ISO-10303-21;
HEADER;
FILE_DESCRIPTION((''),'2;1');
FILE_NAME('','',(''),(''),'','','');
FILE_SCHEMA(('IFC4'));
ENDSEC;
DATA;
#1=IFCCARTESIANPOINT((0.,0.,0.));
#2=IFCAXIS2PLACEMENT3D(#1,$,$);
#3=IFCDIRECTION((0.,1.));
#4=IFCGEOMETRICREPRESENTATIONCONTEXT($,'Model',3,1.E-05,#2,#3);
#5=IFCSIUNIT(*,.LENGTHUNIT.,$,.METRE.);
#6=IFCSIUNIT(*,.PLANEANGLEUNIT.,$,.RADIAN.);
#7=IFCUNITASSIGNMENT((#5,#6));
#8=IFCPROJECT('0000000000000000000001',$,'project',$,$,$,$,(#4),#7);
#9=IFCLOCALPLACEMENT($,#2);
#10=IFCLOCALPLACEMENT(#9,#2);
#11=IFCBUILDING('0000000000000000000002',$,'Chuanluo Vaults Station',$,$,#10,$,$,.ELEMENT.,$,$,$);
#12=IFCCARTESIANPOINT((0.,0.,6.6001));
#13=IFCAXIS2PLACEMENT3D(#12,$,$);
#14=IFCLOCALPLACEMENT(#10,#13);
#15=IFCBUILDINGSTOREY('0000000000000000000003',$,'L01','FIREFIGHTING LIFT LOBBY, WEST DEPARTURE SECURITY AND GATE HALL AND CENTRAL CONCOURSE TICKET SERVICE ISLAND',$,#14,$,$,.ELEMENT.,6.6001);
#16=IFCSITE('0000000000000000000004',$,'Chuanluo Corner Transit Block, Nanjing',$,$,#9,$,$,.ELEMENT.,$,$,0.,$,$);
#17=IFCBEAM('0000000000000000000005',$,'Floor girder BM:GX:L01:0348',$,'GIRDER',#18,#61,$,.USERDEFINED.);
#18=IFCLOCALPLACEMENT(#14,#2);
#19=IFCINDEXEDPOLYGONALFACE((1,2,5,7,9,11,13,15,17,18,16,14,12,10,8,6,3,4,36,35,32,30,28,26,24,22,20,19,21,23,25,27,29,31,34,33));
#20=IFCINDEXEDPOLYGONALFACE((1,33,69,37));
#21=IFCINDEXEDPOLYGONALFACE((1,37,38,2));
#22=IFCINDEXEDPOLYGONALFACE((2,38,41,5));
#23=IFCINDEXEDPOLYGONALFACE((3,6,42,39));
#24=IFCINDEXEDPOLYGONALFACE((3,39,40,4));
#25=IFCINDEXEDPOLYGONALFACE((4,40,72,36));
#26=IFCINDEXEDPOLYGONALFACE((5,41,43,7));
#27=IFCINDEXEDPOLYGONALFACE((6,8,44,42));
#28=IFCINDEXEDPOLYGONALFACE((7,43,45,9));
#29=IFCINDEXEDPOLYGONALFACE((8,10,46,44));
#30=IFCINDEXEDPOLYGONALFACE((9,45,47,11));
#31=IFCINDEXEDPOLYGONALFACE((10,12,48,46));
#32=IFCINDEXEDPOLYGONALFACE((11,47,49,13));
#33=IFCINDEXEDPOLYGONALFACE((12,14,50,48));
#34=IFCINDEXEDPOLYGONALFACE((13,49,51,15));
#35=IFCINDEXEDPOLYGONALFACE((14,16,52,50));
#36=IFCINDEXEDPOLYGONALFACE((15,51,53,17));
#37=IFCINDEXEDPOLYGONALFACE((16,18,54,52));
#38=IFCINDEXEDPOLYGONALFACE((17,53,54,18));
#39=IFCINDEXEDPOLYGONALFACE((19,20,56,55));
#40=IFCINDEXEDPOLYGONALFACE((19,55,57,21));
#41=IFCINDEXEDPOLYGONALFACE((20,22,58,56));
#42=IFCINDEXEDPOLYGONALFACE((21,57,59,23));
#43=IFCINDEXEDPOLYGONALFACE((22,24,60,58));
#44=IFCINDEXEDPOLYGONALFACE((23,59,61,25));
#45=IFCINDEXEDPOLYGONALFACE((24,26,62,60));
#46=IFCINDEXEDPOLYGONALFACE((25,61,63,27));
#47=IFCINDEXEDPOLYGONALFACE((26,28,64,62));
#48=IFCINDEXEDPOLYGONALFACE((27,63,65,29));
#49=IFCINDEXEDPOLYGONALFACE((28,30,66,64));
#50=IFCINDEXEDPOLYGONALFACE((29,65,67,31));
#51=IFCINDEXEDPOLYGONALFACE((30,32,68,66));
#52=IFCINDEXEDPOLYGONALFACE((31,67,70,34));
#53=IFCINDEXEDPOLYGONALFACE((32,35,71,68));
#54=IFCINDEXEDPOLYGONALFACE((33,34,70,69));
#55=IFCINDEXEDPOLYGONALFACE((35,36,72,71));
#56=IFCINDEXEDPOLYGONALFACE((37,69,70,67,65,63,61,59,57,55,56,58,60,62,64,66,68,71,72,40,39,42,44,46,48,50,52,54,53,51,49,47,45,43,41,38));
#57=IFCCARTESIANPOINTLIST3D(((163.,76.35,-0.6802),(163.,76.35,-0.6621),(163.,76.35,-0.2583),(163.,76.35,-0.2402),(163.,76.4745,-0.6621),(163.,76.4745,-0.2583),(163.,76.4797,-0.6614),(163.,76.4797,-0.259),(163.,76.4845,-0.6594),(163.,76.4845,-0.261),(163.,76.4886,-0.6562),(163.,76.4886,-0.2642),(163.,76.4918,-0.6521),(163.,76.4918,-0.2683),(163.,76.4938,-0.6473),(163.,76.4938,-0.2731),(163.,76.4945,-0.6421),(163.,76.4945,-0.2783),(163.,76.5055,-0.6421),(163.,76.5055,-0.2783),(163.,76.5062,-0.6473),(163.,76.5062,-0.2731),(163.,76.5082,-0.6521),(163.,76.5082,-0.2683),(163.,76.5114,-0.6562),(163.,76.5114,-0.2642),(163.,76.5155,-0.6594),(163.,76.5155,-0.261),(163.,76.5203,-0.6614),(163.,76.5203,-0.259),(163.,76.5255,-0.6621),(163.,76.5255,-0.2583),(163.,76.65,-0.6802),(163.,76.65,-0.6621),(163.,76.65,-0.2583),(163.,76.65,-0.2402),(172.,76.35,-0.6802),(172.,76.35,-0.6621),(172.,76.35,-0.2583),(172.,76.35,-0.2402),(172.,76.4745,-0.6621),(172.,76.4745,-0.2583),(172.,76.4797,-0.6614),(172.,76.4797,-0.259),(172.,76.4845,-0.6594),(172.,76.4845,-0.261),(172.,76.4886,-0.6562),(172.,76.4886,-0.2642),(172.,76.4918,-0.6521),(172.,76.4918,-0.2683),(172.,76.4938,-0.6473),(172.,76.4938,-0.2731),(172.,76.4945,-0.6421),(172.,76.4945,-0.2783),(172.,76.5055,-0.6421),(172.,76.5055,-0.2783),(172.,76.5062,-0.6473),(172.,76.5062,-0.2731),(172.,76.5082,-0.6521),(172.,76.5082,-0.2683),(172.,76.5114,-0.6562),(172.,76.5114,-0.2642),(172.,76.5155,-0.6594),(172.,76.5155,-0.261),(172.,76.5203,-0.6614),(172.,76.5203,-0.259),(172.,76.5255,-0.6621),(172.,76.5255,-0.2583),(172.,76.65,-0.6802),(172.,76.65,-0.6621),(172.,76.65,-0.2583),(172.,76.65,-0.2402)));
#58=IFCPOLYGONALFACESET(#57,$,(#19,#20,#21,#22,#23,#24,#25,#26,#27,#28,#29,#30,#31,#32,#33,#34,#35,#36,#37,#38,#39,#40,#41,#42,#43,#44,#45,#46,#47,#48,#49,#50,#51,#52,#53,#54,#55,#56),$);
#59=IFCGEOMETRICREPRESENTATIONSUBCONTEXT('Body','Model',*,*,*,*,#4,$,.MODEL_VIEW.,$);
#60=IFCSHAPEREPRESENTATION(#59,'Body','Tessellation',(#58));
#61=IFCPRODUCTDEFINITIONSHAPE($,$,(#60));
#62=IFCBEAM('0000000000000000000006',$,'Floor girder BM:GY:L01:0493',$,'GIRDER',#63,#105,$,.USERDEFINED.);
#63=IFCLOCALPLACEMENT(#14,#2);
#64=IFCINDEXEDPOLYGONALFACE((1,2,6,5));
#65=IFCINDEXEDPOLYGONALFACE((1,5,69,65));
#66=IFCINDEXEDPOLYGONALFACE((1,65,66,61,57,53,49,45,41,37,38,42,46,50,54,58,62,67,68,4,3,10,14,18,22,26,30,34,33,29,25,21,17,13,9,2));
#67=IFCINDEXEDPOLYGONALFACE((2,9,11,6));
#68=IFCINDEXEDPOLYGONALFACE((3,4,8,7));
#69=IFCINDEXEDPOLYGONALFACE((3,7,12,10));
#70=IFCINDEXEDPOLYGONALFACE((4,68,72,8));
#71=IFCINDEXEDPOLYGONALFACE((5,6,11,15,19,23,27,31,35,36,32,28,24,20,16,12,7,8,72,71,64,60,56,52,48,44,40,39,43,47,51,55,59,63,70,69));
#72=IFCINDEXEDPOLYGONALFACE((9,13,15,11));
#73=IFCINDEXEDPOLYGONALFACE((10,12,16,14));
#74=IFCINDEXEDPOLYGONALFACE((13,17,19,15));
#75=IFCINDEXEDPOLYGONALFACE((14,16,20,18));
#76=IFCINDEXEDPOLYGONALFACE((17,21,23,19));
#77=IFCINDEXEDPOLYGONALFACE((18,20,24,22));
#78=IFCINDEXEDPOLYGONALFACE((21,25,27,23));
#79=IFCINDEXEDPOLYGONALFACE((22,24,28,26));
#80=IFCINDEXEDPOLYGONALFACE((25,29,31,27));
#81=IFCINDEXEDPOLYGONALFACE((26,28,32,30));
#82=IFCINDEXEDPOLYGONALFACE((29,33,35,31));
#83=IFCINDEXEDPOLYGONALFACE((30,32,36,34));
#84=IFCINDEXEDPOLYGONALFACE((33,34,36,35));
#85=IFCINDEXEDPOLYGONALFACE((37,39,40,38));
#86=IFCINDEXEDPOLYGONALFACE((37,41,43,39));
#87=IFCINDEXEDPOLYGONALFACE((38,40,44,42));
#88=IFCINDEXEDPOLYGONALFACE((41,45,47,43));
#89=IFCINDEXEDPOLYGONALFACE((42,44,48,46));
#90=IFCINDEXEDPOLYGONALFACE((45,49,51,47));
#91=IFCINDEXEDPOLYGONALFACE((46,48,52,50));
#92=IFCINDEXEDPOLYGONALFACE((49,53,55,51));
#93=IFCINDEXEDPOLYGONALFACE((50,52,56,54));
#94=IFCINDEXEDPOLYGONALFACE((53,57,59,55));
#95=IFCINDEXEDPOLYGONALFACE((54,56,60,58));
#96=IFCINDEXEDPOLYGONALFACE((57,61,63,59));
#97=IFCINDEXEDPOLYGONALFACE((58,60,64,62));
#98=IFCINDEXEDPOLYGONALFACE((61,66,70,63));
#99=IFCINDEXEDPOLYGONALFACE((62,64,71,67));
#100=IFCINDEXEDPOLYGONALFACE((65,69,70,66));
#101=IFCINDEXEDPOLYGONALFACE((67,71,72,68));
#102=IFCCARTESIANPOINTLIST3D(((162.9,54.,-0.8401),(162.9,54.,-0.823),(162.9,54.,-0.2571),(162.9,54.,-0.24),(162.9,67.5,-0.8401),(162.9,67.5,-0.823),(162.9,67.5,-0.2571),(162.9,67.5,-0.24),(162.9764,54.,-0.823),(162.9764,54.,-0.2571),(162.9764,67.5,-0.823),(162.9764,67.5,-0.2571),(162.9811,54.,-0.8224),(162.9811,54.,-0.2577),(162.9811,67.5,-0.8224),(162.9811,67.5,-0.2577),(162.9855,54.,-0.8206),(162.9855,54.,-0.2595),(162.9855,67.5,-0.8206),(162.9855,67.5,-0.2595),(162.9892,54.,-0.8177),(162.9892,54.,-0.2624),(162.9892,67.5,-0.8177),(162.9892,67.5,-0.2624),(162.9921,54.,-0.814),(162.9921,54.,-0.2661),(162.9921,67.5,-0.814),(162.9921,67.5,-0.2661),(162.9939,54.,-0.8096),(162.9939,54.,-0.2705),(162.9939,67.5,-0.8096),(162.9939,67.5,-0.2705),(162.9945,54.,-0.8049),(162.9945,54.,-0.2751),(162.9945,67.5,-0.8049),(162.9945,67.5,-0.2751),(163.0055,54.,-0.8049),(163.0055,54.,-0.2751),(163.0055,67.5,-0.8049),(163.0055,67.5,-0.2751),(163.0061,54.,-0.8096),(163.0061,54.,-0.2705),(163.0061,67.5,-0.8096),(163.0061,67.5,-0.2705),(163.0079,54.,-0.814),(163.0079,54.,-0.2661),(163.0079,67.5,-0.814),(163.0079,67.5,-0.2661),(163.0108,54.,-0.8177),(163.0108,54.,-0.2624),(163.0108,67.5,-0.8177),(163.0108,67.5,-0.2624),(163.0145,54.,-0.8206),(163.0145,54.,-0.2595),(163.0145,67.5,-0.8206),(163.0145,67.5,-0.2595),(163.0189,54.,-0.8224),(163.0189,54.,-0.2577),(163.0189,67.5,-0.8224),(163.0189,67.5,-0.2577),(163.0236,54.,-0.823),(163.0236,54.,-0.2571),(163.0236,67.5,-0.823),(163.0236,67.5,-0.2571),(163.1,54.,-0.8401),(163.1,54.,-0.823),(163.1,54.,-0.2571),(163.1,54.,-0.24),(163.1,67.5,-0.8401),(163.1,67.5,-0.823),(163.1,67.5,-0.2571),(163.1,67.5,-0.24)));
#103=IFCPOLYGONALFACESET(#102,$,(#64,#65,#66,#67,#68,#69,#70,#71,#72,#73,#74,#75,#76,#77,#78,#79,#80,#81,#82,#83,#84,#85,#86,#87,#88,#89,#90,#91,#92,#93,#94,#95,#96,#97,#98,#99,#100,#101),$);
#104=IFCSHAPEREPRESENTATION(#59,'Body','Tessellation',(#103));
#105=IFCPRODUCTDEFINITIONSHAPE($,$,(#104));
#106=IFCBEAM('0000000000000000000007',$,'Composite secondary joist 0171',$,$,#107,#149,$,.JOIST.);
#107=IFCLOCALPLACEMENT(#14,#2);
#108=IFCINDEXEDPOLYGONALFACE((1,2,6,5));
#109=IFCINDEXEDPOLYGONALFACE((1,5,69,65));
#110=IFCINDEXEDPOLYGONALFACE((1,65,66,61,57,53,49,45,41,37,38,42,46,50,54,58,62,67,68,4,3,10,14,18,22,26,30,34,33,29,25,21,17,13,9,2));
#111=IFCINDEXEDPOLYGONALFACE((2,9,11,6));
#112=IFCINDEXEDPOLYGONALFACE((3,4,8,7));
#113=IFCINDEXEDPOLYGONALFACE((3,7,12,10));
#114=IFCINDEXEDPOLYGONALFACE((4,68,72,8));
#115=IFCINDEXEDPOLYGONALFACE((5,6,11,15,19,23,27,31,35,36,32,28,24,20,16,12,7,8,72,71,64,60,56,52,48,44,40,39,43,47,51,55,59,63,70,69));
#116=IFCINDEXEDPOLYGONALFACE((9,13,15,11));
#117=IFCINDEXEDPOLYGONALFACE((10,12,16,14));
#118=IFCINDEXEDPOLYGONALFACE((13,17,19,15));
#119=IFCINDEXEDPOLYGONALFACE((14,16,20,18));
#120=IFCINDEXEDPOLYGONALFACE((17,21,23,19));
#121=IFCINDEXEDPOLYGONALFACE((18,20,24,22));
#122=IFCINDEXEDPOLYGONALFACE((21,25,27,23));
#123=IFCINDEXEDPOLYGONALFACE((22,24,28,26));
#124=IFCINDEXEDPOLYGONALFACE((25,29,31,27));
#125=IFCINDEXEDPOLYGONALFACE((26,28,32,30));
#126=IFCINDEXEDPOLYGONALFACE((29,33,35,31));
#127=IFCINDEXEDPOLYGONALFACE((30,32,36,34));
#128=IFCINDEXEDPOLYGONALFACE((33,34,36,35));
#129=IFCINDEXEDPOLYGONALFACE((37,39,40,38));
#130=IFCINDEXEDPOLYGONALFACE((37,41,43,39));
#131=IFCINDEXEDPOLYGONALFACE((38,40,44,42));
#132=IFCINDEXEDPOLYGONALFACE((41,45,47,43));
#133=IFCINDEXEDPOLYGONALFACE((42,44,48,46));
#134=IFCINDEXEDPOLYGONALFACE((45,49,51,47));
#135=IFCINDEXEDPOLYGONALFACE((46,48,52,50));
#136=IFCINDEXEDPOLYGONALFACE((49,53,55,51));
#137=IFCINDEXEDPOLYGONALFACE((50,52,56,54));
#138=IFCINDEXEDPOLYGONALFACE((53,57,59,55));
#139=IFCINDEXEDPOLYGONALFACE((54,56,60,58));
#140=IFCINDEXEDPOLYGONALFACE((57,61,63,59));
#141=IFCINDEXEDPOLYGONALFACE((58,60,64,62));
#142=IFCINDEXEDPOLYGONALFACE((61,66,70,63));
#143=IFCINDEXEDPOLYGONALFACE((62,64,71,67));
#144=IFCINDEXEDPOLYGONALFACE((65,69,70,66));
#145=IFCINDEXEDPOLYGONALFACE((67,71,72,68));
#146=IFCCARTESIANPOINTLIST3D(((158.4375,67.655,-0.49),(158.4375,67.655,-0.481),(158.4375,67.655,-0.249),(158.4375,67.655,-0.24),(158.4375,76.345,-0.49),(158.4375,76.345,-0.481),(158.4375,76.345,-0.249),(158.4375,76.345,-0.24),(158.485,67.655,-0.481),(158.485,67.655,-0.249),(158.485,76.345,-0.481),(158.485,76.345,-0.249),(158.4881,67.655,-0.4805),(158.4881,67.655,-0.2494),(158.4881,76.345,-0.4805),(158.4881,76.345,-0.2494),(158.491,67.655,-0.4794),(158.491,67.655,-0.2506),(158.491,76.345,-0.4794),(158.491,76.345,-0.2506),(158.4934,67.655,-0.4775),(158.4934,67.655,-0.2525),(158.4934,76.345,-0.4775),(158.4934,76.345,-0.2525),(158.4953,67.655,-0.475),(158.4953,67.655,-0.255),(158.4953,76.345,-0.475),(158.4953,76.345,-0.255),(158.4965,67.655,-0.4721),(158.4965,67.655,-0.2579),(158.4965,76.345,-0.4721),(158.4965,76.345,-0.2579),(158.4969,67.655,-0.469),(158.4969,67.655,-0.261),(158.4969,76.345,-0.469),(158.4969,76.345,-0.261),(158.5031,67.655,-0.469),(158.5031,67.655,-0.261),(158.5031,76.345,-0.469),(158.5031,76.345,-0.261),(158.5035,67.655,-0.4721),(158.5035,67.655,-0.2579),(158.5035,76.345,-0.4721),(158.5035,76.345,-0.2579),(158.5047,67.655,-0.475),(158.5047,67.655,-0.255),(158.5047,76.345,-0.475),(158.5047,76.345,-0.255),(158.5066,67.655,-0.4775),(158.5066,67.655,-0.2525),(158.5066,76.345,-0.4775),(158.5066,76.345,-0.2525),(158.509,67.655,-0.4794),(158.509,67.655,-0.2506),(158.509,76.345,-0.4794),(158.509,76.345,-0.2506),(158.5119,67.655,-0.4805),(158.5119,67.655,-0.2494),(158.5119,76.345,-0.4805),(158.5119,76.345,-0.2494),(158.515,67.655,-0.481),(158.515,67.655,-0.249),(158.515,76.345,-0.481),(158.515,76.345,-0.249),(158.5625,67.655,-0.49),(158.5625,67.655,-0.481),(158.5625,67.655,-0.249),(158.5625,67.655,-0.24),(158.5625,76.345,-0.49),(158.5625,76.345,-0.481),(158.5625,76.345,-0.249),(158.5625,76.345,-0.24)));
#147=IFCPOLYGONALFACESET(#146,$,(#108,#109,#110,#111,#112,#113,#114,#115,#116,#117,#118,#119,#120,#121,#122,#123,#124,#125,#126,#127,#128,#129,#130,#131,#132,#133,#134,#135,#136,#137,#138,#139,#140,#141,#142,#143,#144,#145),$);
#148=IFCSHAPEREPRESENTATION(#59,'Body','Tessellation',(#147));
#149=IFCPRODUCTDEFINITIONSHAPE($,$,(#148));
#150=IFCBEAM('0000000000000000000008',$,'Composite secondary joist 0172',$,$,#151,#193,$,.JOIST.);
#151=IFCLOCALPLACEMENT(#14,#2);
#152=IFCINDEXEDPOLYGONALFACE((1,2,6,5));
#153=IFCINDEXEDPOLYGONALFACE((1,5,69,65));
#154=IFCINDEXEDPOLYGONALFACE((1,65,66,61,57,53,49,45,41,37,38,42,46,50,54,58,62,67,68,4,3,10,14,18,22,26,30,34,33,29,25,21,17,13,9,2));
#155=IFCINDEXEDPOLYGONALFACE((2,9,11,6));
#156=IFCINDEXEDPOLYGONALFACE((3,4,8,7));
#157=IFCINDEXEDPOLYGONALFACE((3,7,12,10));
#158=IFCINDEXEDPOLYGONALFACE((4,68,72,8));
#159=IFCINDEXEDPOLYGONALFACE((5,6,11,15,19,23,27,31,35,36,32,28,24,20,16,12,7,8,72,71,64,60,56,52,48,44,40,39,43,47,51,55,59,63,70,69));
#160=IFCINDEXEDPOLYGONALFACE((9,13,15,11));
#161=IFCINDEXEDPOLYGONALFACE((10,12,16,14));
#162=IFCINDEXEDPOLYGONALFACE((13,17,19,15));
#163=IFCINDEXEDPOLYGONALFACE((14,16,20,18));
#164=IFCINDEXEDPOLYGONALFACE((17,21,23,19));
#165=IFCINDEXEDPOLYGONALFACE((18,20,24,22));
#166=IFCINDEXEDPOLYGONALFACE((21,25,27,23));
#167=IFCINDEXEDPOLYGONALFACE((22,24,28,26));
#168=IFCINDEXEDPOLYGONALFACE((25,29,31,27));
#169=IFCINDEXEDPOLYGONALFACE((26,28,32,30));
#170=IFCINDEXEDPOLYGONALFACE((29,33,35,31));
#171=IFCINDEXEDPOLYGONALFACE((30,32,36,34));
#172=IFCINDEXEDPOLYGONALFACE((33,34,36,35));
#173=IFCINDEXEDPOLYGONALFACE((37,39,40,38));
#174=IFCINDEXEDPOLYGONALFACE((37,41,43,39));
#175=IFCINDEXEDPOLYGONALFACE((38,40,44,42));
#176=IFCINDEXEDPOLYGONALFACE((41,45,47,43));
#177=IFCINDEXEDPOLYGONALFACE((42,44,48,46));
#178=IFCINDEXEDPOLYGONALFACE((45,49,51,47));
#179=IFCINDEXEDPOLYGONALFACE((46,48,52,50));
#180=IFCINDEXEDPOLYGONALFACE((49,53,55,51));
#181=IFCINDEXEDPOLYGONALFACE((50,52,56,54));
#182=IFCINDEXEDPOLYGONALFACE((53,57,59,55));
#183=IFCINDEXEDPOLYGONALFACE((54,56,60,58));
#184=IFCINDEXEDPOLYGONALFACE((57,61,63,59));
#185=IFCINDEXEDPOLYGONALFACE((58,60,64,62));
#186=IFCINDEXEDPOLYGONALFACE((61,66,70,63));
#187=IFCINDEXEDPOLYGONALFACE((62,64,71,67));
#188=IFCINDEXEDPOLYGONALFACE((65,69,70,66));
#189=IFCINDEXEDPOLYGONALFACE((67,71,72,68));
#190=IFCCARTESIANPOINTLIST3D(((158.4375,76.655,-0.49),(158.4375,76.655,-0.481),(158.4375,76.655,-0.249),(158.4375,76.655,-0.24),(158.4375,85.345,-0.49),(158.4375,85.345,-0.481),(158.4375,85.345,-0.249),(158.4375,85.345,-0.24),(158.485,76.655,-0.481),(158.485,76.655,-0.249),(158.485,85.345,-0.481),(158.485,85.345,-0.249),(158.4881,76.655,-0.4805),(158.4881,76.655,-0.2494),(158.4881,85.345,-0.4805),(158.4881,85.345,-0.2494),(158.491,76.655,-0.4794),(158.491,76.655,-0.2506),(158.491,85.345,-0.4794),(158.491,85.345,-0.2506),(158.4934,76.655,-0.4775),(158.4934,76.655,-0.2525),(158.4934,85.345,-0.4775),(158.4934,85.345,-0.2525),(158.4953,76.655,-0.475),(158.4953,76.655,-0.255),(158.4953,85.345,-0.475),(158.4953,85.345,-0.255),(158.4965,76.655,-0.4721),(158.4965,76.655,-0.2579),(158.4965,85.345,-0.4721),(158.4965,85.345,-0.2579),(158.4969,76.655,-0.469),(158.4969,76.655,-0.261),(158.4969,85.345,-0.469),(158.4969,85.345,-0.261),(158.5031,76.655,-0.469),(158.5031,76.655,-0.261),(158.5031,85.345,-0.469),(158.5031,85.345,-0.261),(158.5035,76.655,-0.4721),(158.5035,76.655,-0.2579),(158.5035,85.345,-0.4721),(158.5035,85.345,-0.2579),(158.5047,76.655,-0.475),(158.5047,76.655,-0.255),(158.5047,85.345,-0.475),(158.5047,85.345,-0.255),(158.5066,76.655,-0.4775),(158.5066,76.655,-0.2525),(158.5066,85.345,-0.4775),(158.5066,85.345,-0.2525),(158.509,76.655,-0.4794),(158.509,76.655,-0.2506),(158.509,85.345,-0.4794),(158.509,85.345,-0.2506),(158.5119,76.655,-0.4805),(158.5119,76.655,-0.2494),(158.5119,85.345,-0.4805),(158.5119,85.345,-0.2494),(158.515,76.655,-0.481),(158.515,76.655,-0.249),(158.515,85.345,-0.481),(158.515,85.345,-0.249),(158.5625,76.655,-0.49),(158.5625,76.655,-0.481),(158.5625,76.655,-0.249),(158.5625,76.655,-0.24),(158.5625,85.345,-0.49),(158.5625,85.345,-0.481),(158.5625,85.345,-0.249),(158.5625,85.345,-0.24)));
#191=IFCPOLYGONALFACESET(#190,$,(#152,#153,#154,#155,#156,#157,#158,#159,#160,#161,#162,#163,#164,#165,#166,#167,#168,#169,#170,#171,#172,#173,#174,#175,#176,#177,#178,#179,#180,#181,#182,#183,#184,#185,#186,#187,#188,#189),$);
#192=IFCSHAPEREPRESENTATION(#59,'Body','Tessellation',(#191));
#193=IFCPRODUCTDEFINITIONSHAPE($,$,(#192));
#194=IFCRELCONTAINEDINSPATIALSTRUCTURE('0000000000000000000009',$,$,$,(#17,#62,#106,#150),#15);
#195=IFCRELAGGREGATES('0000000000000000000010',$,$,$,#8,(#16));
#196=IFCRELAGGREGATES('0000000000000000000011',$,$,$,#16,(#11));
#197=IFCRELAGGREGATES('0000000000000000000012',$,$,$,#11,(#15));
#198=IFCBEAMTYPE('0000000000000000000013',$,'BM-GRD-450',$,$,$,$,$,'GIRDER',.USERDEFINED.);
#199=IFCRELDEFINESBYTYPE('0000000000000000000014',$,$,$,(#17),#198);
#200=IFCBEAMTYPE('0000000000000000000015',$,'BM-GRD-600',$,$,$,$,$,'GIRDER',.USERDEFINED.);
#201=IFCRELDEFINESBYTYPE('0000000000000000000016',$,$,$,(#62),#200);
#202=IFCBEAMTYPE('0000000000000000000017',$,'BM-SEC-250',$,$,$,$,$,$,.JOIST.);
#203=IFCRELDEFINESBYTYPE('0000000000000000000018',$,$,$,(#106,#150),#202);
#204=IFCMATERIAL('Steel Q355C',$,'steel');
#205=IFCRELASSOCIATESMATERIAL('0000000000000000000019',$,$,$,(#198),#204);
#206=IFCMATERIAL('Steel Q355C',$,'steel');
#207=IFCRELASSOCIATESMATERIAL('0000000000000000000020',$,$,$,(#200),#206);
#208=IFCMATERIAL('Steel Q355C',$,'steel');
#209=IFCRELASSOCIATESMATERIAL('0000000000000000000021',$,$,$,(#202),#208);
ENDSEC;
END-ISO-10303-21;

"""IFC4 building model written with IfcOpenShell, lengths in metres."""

from ifc_helpers import new_model, si_unit, direction, frame, origin, origin_2d, place, context, subcontext, project, spatial, i_section, extrude, material, material_profile, profile_set, type_object, element, save


model = new_model("IFC4")

# Units and contexts
model_context = context("Model", 3, precision=1e-05, world=origin(), true_north=direction((0.0, 1.0)))
body_context = subcontext(model_context, "Body", "Model", "MODEL_VIEW")
ifc_project = project(units=[si_unit("LENGTHUNIT", "METRE"), si_unit("PLANEANGLEUNIT", "RADIAN")], contexts=[model_context])

# Site, building, storey
site_placement = place(None, origin())
site = spatial("IfcSite", under=ifc_project, at=site_placement, Name="Chuanluo Corner Transit Block, Nanjing", CompositionType="ELEMENT", RefElevation=0.0)
building_placement = place(site_placement, origin())
building = spatial("IfcBuilding", under=site, at=building_placement, Name="Chuanluo Vaults Station", CompositionType="ELEMENT")
storey_placement = place(building_placement, frame((0.0, 0.0, 6.6001)))
storey = spatial("IfcBuildingStorey", under=building, at=storey_placement, Name="L01", Description="FIREFIGHTING LIFT LOBBY, WEST DEPARTURE SECURITY AND GATE HALL AND CENTRAL CONCOURSE TICKET SERVICE ISLAND", CompositionType="ELEMENT", Elevation=6.6001)

# Beams
ifc_material_1 = material(Name="Steel Q355C", Category="steel")
ifc_material_profile_1 = material_profile(ifc_material_1, i_section(OverallWidth=0.3, OverallDepth=0.4399, WebThickness=0.011, FlangeThickness=0.0181, FilletRadius=0.02, at=origin_2d()))
ifc_profile_set_1 = profile_set([ifc_material_profile_1], Name="Steel Q355C")
beam_type_1 = type_object("IfcBeamType", Name="BM-GRD-450", ElementType="GIRDER", PredefinedType="USERDEFINED", material=ifc_profile_set_1)
for number, where, z_axis, x_axis, name in (
    (1, (163.0, 76.5, -0.4602), (1.0, 0.0, 0.0), (0.0, 1.0, 0.0), "Floor girder BM:GX:L01:0348"),
):
    element("IfcBeam", number, at=place(storey_placement, frame(where, z_axis=z_axis, x_axis=x_axis)), inside=storey, type_object=beam_type_1, Name=name, ObjectType="GIRDER", PredefinedType="USERDEFINED", context=body_context, shape_type="SweptSolid", body=[
        extrude(i_section(OverallWidth=0.3, OverallDepth=0.4399, WebThickness=0.011, FlangeThickness=0.0181, FilletRadius=0.02, at=origin_2d()), origin(), (0.0, 0.0, 1.0), 9.0),
    ])
ifc_material_2 = material(Name="Steel Q355C", Category="steel")
ifc_material_profile_2 = material_profile(ifc_material_2, i_section(OverallWidth=0.2, OverallDepth=0.6001, WebThickness=0.011, FlangeThickness=0.0171, FilletRadius=0.0181, at=origin_2d()))
ifc_profile_set_2 = profile_set([ifc_material_profile_2], Name="Steel Q355C")
beam_type_2 = type_object("IfcBeamType", Name="BM-GRD-600", ElementType="GIRDER", PredefinedType="USERDEFINED", material=ifc_profile_set_2)
beam_placement = place(storey_placement, frame((163.0, 54.0, -0.54), z_axis=(0.0, 1.0, 0.0), x_axis=(-1.0, 0.0, 0.0)))
element("IfcBeam", 2, at=beam_placement, inside=storey, type_object=beam_type_2, Name="Floor girder BM:GY:L01:0493", ObjectType="GIRDER", PredefinedType="USERDEFINED", context=body_context, shape_type="SweptSolid", body=[
    extrude(i_section(OverallWidth=0.2, OverallDepth=0.6001, WebThickness=0.011, FlangeThickness=0.0171, FilletRadius=0.0181, at=origin_2d()), origin(), (0.0, 0.0, 1.0), 13.5),
])
ifc_material_3 = material(Name="Steel Q355C", Category="steel")
ifc_material_profile_3 = material_profile(ifc_material_3, i_section(OverallWidth=0.125, OverallDepth=0.25, WebThickness=0.0061, FlangeThickness=0.009, FilletRadius=0.012, at=origin_2d()))
ifc_profile_set_3 = profile_set([ifc_material_profile_3], Name="Steel Q355C")
beam_type_3 = type_object("IfcBeamType", Name="BM-SEC-250", PredefinedType="JOIST", material=ifc_profile_set_3)
for number, where, z_axis, x_axis, name in (
    (3, (158.5, 67.655, -0.365), (0.0, 1.0, 0.0), (-1.0, 0.0, 0.0), "Composite secondary joist 0171"),
    (4, (158.5, 76.655, -0.365), (0.0, 1.0, 0.0), (-1.0, 0.0, 0.0), "Composite secondary joist 0172"),
):
    element("IfcBeam", number, at=place(storey_placement, frame(where, z_axis=z_axis, x_axis=x_axis)), inside=storey, type_object=beam_type_3, Name=name, PredefinedType="JOIST", context=body_context, shape_type="SweptSolid", body=[
        extrude(i_section(OverallWidth=0.125, OverallDepth=0.25, WebThickness=0.0061, FlangeThickness=0.009, FilletRadius=0.012, at=origin_2d()), origin(), (0.0, 0.0, 1.0), 8.6899),
    ])

save(model, "model.ifc")
